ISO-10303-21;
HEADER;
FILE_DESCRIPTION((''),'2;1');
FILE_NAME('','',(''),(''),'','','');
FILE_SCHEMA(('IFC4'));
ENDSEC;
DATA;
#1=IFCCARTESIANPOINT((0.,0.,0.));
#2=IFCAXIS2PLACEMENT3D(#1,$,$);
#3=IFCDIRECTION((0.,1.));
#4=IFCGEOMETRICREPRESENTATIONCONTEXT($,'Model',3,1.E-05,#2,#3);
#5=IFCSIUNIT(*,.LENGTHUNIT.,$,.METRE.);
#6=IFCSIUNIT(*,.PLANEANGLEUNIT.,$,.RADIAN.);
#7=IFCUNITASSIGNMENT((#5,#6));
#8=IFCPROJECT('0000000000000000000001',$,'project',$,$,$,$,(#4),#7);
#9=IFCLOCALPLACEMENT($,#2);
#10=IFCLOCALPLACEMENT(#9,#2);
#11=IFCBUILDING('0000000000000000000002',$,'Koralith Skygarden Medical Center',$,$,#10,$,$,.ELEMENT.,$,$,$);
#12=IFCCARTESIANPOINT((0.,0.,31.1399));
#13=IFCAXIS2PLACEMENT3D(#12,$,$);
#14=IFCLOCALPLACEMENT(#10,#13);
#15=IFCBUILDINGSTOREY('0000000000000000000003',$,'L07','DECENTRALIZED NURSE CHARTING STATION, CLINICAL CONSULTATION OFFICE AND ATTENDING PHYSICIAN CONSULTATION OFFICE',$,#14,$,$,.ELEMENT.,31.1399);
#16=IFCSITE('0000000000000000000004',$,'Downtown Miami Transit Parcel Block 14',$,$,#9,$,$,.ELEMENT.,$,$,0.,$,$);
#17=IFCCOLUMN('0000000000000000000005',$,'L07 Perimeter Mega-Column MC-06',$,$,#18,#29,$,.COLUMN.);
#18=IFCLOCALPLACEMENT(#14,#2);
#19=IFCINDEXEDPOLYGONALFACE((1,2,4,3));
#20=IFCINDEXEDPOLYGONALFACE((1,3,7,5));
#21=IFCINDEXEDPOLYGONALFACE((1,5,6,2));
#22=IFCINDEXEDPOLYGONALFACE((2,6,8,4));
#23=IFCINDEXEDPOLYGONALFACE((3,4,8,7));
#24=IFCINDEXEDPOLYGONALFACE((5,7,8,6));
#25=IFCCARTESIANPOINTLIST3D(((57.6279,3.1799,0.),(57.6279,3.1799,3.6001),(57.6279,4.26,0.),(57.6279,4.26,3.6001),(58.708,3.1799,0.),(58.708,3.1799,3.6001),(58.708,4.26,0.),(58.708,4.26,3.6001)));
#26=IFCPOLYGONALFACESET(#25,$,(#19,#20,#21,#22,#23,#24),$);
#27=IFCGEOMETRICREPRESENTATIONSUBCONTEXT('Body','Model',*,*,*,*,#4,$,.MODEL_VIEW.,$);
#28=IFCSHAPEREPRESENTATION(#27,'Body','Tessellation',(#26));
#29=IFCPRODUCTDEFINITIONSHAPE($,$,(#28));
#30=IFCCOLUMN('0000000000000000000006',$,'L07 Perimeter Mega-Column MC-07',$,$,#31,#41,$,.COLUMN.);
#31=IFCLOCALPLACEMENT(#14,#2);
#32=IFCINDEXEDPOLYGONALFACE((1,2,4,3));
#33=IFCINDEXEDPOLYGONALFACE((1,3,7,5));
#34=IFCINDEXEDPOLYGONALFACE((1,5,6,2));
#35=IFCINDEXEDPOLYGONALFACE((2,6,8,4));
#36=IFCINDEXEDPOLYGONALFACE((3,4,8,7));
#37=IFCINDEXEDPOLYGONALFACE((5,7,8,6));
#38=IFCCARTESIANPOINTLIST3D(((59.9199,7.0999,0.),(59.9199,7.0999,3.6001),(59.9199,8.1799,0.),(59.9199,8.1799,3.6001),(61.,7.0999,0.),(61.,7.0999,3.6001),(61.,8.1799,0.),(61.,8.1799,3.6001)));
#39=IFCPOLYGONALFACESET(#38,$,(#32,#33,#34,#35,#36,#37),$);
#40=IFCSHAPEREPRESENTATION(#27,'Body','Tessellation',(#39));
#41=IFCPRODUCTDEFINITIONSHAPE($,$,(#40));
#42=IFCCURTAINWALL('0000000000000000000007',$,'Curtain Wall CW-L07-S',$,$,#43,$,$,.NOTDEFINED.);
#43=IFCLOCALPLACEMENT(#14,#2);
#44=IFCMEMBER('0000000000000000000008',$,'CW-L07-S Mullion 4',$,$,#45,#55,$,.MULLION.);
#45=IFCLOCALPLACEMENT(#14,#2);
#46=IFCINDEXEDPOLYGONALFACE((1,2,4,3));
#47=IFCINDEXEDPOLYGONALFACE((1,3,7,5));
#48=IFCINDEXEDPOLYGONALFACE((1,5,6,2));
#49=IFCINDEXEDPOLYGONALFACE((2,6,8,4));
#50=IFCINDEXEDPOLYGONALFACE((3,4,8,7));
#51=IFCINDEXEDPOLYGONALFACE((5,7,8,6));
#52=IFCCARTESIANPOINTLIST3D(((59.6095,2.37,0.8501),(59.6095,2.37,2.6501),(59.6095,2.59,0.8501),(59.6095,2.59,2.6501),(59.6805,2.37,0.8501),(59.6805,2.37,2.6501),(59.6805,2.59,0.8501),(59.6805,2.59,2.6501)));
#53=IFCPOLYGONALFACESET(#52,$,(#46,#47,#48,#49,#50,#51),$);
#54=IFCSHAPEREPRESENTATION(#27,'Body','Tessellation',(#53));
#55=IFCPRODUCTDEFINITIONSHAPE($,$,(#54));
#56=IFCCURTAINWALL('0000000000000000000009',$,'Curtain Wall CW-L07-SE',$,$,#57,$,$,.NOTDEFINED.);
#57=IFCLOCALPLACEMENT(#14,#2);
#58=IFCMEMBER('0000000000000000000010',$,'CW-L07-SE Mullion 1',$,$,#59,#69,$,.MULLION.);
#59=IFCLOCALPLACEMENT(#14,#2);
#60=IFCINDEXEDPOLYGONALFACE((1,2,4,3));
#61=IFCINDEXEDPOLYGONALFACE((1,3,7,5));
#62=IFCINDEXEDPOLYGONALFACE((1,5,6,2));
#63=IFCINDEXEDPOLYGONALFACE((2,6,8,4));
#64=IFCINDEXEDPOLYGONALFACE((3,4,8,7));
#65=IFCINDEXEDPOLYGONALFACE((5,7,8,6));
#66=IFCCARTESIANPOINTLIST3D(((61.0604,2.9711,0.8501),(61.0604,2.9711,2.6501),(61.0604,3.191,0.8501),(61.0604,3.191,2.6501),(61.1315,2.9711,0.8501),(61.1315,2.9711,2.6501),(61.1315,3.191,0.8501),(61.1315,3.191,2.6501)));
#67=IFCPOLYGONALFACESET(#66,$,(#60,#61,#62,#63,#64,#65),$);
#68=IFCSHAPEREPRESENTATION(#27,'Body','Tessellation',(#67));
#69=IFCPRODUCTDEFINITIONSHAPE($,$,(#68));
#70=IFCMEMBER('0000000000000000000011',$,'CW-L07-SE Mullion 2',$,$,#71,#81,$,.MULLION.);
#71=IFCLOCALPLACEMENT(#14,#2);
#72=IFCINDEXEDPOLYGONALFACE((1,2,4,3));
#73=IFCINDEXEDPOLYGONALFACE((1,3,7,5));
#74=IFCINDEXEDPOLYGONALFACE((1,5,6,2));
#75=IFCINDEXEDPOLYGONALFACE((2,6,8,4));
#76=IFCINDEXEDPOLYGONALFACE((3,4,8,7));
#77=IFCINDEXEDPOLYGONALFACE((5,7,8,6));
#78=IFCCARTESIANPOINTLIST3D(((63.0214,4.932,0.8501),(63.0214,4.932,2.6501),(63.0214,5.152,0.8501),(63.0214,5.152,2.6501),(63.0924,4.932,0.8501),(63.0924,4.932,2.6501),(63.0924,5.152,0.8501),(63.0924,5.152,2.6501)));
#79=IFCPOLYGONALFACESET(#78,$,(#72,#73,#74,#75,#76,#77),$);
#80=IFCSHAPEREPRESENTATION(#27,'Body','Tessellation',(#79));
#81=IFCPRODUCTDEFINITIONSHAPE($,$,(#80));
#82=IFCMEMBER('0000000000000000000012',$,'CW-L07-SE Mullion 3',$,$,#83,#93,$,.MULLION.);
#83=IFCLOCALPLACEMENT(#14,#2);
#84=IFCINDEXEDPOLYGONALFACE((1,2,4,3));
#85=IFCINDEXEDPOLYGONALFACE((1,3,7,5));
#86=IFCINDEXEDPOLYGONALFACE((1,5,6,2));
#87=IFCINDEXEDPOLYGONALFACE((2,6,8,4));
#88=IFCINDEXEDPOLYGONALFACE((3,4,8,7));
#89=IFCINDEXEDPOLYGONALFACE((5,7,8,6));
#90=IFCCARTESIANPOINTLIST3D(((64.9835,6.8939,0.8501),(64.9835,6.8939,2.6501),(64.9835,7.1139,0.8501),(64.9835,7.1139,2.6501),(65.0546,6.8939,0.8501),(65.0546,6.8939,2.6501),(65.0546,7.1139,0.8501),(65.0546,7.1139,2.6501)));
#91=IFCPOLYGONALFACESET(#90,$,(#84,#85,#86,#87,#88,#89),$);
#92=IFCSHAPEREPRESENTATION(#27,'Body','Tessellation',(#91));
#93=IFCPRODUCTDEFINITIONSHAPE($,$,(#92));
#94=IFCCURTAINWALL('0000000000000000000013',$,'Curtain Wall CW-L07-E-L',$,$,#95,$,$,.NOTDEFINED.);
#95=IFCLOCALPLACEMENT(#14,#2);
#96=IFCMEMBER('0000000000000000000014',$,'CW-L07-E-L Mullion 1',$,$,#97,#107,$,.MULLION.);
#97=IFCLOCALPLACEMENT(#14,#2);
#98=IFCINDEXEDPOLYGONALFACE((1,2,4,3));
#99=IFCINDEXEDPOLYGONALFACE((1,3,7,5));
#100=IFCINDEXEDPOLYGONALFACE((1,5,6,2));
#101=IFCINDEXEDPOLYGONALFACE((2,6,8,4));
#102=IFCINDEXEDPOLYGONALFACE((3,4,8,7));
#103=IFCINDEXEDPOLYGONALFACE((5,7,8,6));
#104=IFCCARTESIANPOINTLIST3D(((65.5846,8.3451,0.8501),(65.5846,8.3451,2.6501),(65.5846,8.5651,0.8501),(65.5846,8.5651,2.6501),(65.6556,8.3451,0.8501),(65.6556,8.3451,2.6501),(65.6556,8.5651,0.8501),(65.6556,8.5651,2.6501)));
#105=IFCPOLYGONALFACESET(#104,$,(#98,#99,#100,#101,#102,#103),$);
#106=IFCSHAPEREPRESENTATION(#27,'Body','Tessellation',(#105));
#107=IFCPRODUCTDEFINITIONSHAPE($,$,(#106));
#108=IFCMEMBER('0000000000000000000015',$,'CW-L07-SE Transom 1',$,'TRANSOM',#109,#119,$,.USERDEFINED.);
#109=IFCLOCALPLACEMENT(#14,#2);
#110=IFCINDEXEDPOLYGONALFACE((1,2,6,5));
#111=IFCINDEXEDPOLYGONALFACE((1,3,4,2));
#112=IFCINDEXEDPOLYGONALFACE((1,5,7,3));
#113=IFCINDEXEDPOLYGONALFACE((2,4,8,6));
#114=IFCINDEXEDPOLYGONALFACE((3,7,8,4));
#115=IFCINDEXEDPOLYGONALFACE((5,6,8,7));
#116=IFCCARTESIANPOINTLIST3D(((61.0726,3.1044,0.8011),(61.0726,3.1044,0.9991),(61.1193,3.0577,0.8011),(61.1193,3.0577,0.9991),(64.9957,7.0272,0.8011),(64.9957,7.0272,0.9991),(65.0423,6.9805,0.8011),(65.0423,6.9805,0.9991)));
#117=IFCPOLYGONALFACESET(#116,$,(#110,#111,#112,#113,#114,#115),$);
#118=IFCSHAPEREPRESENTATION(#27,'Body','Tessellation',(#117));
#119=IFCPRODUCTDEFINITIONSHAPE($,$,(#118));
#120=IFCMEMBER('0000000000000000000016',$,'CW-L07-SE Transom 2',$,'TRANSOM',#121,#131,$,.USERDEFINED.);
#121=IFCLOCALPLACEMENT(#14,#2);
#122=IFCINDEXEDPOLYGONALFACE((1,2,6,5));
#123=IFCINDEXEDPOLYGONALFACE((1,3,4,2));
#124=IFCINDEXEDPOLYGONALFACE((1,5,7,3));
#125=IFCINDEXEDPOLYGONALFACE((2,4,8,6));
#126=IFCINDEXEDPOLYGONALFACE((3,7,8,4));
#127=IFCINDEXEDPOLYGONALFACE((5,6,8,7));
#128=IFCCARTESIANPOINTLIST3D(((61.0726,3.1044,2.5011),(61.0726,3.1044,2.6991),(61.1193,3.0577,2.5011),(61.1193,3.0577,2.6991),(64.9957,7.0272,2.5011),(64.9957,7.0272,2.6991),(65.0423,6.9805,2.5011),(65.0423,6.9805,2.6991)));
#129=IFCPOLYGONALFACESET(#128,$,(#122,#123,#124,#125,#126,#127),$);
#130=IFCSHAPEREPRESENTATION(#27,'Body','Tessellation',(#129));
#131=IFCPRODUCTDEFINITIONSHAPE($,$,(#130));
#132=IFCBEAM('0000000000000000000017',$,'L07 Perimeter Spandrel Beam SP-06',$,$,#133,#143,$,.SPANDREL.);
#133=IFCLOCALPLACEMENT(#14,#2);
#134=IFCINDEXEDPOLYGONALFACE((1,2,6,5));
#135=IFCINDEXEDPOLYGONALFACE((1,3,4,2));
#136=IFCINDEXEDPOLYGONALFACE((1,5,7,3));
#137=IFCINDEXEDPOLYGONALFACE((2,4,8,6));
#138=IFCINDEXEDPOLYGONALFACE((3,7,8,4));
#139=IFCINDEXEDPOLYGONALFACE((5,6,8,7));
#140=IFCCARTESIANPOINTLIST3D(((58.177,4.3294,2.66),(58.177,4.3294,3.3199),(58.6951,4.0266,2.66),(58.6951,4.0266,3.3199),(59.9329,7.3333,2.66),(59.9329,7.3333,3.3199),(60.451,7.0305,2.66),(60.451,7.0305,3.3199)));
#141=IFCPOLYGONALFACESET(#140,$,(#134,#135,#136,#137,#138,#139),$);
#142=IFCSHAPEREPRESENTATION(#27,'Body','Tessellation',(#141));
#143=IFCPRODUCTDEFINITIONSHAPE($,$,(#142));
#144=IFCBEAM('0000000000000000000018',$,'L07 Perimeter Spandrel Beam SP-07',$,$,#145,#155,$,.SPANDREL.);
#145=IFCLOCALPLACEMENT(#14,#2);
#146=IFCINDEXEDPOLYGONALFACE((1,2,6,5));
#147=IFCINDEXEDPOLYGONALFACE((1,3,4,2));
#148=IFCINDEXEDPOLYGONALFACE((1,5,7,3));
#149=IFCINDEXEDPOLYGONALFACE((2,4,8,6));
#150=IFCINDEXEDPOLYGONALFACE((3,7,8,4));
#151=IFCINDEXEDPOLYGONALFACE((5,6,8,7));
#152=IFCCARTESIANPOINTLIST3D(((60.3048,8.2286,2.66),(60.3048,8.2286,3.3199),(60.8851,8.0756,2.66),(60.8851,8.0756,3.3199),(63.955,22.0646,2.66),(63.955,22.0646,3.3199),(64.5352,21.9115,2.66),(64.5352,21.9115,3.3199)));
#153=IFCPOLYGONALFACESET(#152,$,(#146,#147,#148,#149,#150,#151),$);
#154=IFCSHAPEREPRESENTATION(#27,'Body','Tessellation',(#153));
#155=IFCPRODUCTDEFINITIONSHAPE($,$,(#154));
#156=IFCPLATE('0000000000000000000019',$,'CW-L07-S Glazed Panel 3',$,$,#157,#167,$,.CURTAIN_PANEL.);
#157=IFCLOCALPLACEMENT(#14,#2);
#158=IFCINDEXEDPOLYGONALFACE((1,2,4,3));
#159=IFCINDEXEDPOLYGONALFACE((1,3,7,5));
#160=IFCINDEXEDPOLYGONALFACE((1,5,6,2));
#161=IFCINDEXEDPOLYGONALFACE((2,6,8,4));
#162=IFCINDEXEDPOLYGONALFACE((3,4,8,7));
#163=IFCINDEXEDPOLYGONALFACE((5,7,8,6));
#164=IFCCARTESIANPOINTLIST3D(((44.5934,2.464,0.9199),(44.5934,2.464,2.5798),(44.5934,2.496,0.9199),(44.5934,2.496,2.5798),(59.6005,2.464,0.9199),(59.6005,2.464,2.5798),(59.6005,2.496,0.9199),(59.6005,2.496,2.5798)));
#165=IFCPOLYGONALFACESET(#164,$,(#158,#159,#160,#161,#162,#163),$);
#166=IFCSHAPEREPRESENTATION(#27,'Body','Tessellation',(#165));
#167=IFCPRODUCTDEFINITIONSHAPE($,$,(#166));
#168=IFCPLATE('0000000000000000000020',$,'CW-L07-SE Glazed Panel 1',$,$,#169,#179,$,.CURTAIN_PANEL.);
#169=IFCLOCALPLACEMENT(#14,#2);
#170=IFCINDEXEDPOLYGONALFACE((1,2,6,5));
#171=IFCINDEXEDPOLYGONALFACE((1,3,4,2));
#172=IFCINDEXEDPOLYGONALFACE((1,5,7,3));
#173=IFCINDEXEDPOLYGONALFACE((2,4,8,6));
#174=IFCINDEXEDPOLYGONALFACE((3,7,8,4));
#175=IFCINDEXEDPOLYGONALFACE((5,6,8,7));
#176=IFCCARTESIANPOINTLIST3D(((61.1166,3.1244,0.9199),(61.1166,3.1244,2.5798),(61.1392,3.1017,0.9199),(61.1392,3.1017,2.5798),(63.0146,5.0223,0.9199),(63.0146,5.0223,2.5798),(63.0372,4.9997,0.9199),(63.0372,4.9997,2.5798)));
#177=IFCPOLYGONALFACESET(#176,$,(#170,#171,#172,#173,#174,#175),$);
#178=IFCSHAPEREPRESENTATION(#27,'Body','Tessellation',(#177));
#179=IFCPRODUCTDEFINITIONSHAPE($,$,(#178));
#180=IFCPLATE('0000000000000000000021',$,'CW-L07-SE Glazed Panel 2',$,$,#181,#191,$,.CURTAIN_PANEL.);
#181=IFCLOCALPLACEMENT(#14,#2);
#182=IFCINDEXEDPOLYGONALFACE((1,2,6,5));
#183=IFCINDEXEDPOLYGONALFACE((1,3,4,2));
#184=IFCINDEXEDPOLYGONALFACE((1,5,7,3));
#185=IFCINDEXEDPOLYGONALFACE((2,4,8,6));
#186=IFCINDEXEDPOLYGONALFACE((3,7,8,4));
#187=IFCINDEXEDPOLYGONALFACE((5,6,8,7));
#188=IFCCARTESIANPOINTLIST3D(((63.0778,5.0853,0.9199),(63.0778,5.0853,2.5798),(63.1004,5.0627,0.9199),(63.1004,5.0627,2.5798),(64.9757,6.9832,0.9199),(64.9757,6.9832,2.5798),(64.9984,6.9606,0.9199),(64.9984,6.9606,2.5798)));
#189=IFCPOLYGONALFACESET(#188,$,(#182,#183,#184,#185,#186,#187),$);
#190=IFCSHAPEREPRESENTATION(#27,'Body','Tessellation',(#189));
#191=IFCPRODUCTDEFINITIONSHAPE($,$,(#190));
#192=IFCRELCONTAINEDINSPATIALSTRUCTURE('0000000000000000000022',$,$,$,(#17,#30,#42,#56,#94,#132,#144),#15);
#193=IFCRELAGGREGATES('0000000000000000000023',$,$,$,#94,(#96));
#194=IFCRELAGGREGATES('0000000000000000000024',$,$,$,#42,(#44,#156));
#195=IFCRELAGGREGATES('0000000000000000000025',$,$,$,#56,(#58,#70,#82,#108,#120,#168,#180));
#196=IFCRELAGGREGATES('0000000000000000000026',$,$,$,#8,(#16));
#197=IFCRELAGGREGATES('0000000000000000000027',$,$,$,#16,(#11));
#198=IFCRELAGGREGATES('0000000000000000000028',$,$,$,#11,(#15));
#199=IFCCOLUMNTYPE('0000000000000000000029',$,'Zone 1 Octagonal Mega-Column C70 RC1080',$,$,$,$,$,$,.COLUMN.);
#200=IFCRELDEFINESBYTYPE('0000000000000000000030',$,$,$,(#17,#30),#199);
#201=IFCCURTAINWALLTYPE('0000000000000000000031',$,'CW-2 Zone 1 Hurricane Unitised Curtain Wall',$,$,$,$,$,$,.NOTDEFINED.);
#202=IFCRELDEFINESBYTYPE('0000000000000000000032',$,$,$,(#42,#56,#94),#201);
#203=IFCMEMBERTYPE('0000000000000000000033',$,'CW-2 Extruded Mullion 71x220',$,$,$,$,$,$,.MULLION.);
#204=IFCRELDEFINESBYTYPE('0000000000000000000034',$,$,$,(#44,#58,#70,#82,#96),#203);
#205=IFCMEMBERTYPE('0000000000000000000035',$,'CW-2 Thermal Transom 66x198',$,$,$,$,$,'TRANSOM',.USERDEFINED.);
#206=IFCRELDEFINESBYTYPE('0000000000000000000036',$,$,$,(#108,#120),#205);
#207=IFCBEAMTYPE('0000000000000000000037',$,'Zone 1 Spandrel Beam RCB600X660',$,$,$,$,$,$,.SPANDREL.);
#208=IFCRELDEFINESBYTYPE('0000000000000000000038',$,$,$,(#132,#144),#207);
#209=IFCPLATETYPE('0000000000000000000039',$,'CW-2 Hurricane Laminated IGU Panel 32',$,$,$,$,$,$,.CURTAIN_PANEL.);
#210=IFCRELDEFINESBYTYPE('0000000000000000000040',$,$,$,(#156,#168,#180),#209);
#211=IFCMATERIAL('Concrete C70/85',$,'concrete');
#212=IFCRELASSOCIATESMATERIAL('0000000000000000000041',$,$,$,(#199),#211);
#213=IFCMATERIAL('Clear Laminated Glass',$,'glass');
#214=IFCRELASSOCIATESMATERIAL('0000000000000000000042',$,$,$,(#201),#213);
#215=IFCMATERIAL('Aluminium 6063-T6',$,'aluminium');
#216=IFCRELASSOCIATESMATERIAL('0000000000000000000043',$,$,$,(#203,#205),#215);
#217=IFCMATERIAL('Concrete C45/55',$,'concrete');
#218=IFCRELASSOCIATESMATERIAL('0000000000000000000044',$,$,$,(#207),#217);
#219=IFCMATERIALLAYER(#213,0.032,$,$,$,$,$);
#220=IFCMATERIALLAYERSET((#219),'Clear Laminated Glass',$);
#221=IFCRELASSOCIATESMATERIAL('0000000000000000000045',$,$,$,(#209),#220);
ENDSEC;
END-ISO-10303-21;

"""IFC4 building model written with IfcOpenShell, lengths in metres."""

from ifc_helpers import new_model, si_unit, direction, frame, origin, origin_2d, place, context, subcontext, project, spatial, rectangle, extrude, material, layer, layer_set, material_profile, profile_set, type_object, element, aggregate, save


model = new_model("IFC4")

# Units and contexts
model_context = context("Model", 3, precision=1e-05, world=origin(), true_north=direction((0.0, 1.0)))
body_context = subcontext(model_context, "Body", "Model", "MODEL_VIEW")
ifc_project = project(units=[si_unit("LENGTHUNIT", "METRE"), si_unit("PLANEANGLEUNIT", "RADIAN")], contexts=[model_context])

# Site, building, storey
site_placement = place(None, origin())
site = spatial("IfcSite", under=ifc_project, at=site_placement, Name="Downtown Miami Transit Parcel Block 14", CompositionType="ELEMENT", RefElevation=0.0)
building_placement = place(site_placement, origin())
building = spatial("IfcBuilding", under=site, at=building_placement, Name="Koralith Skygarden Medical Center", CompositionType="ELEMENT")
storey_placement = place(building_placement, frame((0.0, 0.0, 31.1399)))
storey = spatial("IfcBuildingStorey", under=building, at=storey_placement, Name="L07", Description="DECENTRALIZED NURSE CHARTING STATION, CLINICAL CONSULTATION OFFICE AND ATTENDING PHYSICIAN CONSULTATION OFFICE", CompositionType="ELEMENT", Elevation=31.1399)

# Columns
ifc_material_1 = material(Name="Concrete C70/85", Category="concrete")
ifc_material_profile_1 = material_profile(ifc_material_1, rectangle(XDim=1.0801, YDim=1.0801, at=origin_2d()), Name="RC1080X1080")
ifc_profile_set_1 = profile_set([ifc_material_profile_1], Name="Concrete C70/85")
column_type = type_object("IfcColumnType", Name="Zone 1 Octagonal Mega-Column C70 RC1080", PredefinedType="COLUMN", material=ifc_profile_set_1)
for number, where, z_axis, x_axis, name in (
    (1, (58.168, 3.72, 0.0), (0.0, 0.0, 1.0), (1.0, 0.0, 0.0), "L07 Perimeter Mega-Column MC-06"),
    (2, (60.46, 7.6399, 0.0), (0.0, 0.0, 1.0), (1.0, 0.0, 0.0), "L07 Perimeter Mega-Column MC-07"),
):
    element("IfcColumn", number, at=place(storey_placement, frame(where, z_axis=z_axis, x_axis=x_axis)), inside=storey, type_object=column_type, Name=name, PredefinedType="COLUMN", context=body_context, shape_type="SweptSolid", body=[
        extrude(rectangle(XDim=1.0801, YDim=1.0801, at=origin_2d()), origin(), (0.0, 0.0, 1.0), 3.6001),
    ])

# Curtain wall, member
ifc_material_2 = material(Name="Clear Laminated Glass", Category="glass")
curtain_wall_type = type_object("IfcCurtainWallType", Name="CW-2 Zone 1 Hurricane Unitised Curtain Wall", PredefinedType="NOTDEFINED", material=ifc_material_2)
curtain_wall_1_placement = place(storey_placement, origin())
curtain_wall_1 = element("IfcCurtainWall", 3, at=curtain_wall_1_placement, inside=storey, type_object=curtain_wall_type, Name="Curtain Wall CW-L07-S", PredefinedType="NOTDEFINED")
ifc_material_3 = material(Name="Aluminium 6063-T6", Category="aluminium")
ifc_material_profile_2 = material_profile(ifc_material_3, rectangle(XDim=0.071, YDim=0.22, at=origin_2d()), Name="MUL71X220")
ifc_profile_set_2 = profile_set([ifc_material_profile_2], Name="Aluminium 6063-T6")
member_type_1 = type_object("IfcMemberType", Name="CW-2 Extruded Mullion 71x220", PredefinedType="MULLION", material=ifc_profile_set_2)
member_1_placement = place(storey_placement, frame((59.645, 2.48, 0.8501), z_axis=(0.0, 0.0, 1.0), x_axis=(1.0, 0.0, 0.0)))
member_1 = element("IfcMember", 4, at=member_1_placement, type_object=member_type_1, Name="CW-L07-S Mullion 4", PredefinedType="MULLION", context=body_context, shape_type="SweptSolid", body=[
    extrude(rectangle(XDim=0.071, YDim=0.22, at=origin_2d()), origin(), (0.0, 0.0, 1.0), 1.8),
])

# Curtain wall, members
curtain_wall_2_placement = place(storey_placement, origin())
curtain_wall_2 = element("IfcCurtainWall", 5, at=curtain_wall_2_placement, inside=storey, type_object=curtain_wall_type, Name="Curtain Wall CW-L07-SE", PredefinedType="NOTDEFINED")
member_2_placement = place(storey_placement, frame((61.0959, 3.0811, 0.8501), z_axis=(0.0, 0.0, 1.0), x_axis=(1.0, 0.0, 0.0)))
member_2 = element("IfcMember", 6, at=member_2_placement, type_object=member_type_1, Name="CW-L07-SE Mullion 1", PredefinedType="MULLION", context=body_context, shape_type="SweptSolid", body=[
    extrude(rectangle(XDim=0.071, YDim=0.22, at=origin_2d()), origin(), (0.0, 0.0, 1.0), 1.8),
])
member_3_placement = place(storey_placement, frame((63.0569, 5.042, 0.8501), z_axis=(0.0, 0.0, 1.0), x_axis=(1.0, 0.0, 0.0)))
member_3 = element("IfcMember", 7, at=member_3_placement, type_object=member_type_1, Name="CW-L07-SE Mullion 2", PredefinedType="MULLION", context=body_context, shape_type="SweptSolid", body=[
    extrude(rectangle(XDim=0.071, YDim=0.22, at=origin_2d()), origin(), (0.0, 0.0, 1.0), 1.8),
])
member_4_placement = place(storey_placement, frame((65.019, 7.0039, 0.8501), z_axis=(0.0, 0.0, 1.0), x_axis=(1.0, 0.0, 0.0)))
member_4 = element("IfcMember", 8, at=member_4_placement, type_object=member_type_1, Name="CW-L07-SE Mullion 3", PredefinedType="MULLION", context=body_context, shape_type="SweptSolid", body=[
    extrude(rectangle(XDim=0.071, YDim=0.22, at=origin_2d()), origin(), (0.0, 0.0, 1.0), 1.8),
])

# Curtain wall, member
curtain_wall_3_placement = place(storey_placement, origin())
curtain_wall_3 = element("IfcCurtainWall", 9, at=curtain_wall_3_placement, inside=storey, type_object=curtain_wall_type, Name="Curtain Wall CW-L07-E-L", PredefinedType="NOTDEFINED")
member_5_placement = place(storey_placement, frame((65.6201, 8.4551, 0.8501), z_axis=(0.0, 0.0, 1.0), x_axis=(1.0, 0.0, 0.0)))
member_5 = element("IfcMember", 10, at=member_5_placement, type_object=member_type_1, Name="CW-L07-E-L Mullion 1", PredefinedType="MULLION", context=body_context, shape_type="SweptSolid", body=[
    extrude(rectangle(XDim=0.071, YDim=0.22, at=origin_2d()), origin(), (0.0, 0.0, 1.0), 1.8),
])
aggregate(curtain_wall_3, [member_5])

# Members
ifc_material_profile_3 = material_profile(ifc_material_3, rectangle(XDim=0.0659, YDim=0.198, at=origin_2d()), Name="TRN66X198")
ifc_profile_set_3 = profile_set([ifc_material_profile_3], Name="Aluminium 6063-T6")
member_type_2 = type_object("IfcMemberType", Name="CW-2 Thermal Transom 66x198", ElementType="TRANSOM", PredefinedType="USERDEFINED", material=ifc_profile_set_3)
member_6_placement = place(storey_placement, frame((61.0959, 3.0811, 0.9001), z_axis=(0.707129, 0.707085, 0.0), x_axis=(-0.707085, 0.707129, 0.0)))
member_6 = element("IfcMember", 11, at=member_6_placement, type_object=member_type_2, Name="CW-L07-SE Transom 1", ObjectType="TRANSOM", PredefinedType="USERDEFINED", context=body_context, shape_type="SweptSolid", body=[
    extrude(rectangle(XDim=0.0659, YDim=0.198, at=origin_2d()), origin(), (0.0, 0.0, 1.0), 5.5479),
])
member_7_placement = place(storey_placement, frame((61.0959, 3.0811, 2.6001), z_axis=(0.707129, 0.707085, 0.0), x_axis=(-0.707085, 0.707129, 0.0)))
member_7 = element("IfcMember", 12, at=member_7_placement, type_object=member_type_2, Name="CW-L07-SE Transom 2", ObjectType="TRANSOM", PredefinedType="USERDEFINED", context=body_context, shape_type="SweptSolid", body=[
    extrude(rectangle(XDim=0.0659, YDim=0.198, at=origin_2d()), origin(), (0.0, 0.0, 1.0), 5.5479),
])

# Beams
ifc_material_4 = material(Name="Concrete C45/55", Category="concrete")
ifc_material_profile_4 = material_profile(ifc_material_4, rectangle(XDim=0.6001, YDim=0.6599, at=origin_2d()), Name="RCB600X660")
ifc_profile_set_4 = profile_set([ifc_material_profile_4], Name="Concrete C45/55")
beam_type = type_object("IfcBeamType", Name="Zone 1 Spandrel Beam RCB600X660", PredefinedType="SPANDREL", material=ifc_profile_set_4)
beam_1_placement = place(storey_placement, frame((58.436, 4.178, 2.99), z_axis=(0.504639, 0.863331, 0.0), x_axis=(-0.863331, 0.504639, 0.0)))
element("IfcBeam", 13, at=beam_1_placement, inside=storey, type_object=beam_type, Name="L07 Perimeter Spandrel Beam SP-06", PredefinedType="SPANDREL", context=body_context, shape_type="SweptSolid", body=[
    extrude(rectangle(XDim=0.6001, YDim=0.6599, at=origin_2d()), origin(), (0.0, 0.0, 1.0), 3.4795),
])
beam_2_placement = place(storey_placement, frame((60.595, 8.1521, 2.99), z_axis=(0.255089, 0.966918, 0.0), x_axis=(-0.966918, 0.255089, 0.0)))
element("IfcBeam", 14, at=beam_2_placement, inside=storey, type_object=beam_type, Name="L07 Perimeter Spandrel Beam SP-07", PredefinedType="SPANDREL", context=body_context, shape_type="SweptSolid", body=[
    extrude(rectangle(XDim=0.6001, YDim=0.6599, at=origin_2d()), origin(), (0.0, 0.0, 1.0), 14.3093),
])

# Plates
ifc_layer_1 = layer(ifc_material_2, 0.032)
ifc_layer_set_1 = layer_set([ifc_layer_1], Name="Clear Laminated Glass")
plate_type_1 = type_object("IfcPlateType", Name="CW-2 Hurricane Laminated IGU Panel 32", PredefinedType="CURTAIN_PANEL", material=ifc_layer_set_1)
plate_1_placement = place(storey_placement, frame((52.0969, 2.48, 0.9199), z_axis=(0.0, 0.0, 1.0), x_axis=(1.0, 0.0, 0.0)))
plate_1 = element("IfcPlate", 15, at=plate_1_placement, type_object=plate_type_1, Name="CW-L07-S Glazed Panel 3", PredefinedType="CURTAIN_PANEL", context=body_context, shape_type="SweptSolid", body=[
    extrude(rectangle(XDim=15.0071, YDim=0.032, at=origin_2d()), origin(), (0.0, 0.0, 1.0), 1.6599),
])
aggregate(curtain_wall_1, [member_1, plate_1])
plate_2_placement = place(storey_placement, frame((62.0769, 4.062, 0.9199), z_axis=(0.0, 0.0, 1.0), x_axis=(0.707107, 0.707107, 0.0)))
plate_2 = element("IfcPlate", 16, at=plate_2_placement, type_object=plate_type_1, Name="CW-L07-SE Glazed Panel 1", PredefinedType="CURTAIN_PANEL", context=body_context, shape_type="SweptSolid", body=[
    extrude(rectangle(XDim=2.6841, YDim=0.032, at=origin_2d()), origin(), (0.0, 0.0, 1.0), 1.6599),
])
plate_3_placement = place(storey_placement, frame((64.0381, 6.0229, 0.9199), z_axis=(0.0, 0.0, 1.0), x_axis=(0.707107, 0.707107, 0.0)))
plate_3 = element("IfcPlate", 17, at=plate_3_placement, type_object=plate_type_1, Name="CW-L07-SE Glazed Panel 2", PredefinedType="CURTAIN_PANEL", context=body_context, shape_type="SweptSolid", body=[
    extrude(rectangle(XDim=2.6841, YDim=0.032, at=origin_2d()), origin(), (0.0, 0.0, 1.0), 1.6599),
])
aggregate(curtain_wall_2, [member_2, member_3, member_4, member_6, member_7, plate_2, plate_3])

save(model, "model.ifc")
